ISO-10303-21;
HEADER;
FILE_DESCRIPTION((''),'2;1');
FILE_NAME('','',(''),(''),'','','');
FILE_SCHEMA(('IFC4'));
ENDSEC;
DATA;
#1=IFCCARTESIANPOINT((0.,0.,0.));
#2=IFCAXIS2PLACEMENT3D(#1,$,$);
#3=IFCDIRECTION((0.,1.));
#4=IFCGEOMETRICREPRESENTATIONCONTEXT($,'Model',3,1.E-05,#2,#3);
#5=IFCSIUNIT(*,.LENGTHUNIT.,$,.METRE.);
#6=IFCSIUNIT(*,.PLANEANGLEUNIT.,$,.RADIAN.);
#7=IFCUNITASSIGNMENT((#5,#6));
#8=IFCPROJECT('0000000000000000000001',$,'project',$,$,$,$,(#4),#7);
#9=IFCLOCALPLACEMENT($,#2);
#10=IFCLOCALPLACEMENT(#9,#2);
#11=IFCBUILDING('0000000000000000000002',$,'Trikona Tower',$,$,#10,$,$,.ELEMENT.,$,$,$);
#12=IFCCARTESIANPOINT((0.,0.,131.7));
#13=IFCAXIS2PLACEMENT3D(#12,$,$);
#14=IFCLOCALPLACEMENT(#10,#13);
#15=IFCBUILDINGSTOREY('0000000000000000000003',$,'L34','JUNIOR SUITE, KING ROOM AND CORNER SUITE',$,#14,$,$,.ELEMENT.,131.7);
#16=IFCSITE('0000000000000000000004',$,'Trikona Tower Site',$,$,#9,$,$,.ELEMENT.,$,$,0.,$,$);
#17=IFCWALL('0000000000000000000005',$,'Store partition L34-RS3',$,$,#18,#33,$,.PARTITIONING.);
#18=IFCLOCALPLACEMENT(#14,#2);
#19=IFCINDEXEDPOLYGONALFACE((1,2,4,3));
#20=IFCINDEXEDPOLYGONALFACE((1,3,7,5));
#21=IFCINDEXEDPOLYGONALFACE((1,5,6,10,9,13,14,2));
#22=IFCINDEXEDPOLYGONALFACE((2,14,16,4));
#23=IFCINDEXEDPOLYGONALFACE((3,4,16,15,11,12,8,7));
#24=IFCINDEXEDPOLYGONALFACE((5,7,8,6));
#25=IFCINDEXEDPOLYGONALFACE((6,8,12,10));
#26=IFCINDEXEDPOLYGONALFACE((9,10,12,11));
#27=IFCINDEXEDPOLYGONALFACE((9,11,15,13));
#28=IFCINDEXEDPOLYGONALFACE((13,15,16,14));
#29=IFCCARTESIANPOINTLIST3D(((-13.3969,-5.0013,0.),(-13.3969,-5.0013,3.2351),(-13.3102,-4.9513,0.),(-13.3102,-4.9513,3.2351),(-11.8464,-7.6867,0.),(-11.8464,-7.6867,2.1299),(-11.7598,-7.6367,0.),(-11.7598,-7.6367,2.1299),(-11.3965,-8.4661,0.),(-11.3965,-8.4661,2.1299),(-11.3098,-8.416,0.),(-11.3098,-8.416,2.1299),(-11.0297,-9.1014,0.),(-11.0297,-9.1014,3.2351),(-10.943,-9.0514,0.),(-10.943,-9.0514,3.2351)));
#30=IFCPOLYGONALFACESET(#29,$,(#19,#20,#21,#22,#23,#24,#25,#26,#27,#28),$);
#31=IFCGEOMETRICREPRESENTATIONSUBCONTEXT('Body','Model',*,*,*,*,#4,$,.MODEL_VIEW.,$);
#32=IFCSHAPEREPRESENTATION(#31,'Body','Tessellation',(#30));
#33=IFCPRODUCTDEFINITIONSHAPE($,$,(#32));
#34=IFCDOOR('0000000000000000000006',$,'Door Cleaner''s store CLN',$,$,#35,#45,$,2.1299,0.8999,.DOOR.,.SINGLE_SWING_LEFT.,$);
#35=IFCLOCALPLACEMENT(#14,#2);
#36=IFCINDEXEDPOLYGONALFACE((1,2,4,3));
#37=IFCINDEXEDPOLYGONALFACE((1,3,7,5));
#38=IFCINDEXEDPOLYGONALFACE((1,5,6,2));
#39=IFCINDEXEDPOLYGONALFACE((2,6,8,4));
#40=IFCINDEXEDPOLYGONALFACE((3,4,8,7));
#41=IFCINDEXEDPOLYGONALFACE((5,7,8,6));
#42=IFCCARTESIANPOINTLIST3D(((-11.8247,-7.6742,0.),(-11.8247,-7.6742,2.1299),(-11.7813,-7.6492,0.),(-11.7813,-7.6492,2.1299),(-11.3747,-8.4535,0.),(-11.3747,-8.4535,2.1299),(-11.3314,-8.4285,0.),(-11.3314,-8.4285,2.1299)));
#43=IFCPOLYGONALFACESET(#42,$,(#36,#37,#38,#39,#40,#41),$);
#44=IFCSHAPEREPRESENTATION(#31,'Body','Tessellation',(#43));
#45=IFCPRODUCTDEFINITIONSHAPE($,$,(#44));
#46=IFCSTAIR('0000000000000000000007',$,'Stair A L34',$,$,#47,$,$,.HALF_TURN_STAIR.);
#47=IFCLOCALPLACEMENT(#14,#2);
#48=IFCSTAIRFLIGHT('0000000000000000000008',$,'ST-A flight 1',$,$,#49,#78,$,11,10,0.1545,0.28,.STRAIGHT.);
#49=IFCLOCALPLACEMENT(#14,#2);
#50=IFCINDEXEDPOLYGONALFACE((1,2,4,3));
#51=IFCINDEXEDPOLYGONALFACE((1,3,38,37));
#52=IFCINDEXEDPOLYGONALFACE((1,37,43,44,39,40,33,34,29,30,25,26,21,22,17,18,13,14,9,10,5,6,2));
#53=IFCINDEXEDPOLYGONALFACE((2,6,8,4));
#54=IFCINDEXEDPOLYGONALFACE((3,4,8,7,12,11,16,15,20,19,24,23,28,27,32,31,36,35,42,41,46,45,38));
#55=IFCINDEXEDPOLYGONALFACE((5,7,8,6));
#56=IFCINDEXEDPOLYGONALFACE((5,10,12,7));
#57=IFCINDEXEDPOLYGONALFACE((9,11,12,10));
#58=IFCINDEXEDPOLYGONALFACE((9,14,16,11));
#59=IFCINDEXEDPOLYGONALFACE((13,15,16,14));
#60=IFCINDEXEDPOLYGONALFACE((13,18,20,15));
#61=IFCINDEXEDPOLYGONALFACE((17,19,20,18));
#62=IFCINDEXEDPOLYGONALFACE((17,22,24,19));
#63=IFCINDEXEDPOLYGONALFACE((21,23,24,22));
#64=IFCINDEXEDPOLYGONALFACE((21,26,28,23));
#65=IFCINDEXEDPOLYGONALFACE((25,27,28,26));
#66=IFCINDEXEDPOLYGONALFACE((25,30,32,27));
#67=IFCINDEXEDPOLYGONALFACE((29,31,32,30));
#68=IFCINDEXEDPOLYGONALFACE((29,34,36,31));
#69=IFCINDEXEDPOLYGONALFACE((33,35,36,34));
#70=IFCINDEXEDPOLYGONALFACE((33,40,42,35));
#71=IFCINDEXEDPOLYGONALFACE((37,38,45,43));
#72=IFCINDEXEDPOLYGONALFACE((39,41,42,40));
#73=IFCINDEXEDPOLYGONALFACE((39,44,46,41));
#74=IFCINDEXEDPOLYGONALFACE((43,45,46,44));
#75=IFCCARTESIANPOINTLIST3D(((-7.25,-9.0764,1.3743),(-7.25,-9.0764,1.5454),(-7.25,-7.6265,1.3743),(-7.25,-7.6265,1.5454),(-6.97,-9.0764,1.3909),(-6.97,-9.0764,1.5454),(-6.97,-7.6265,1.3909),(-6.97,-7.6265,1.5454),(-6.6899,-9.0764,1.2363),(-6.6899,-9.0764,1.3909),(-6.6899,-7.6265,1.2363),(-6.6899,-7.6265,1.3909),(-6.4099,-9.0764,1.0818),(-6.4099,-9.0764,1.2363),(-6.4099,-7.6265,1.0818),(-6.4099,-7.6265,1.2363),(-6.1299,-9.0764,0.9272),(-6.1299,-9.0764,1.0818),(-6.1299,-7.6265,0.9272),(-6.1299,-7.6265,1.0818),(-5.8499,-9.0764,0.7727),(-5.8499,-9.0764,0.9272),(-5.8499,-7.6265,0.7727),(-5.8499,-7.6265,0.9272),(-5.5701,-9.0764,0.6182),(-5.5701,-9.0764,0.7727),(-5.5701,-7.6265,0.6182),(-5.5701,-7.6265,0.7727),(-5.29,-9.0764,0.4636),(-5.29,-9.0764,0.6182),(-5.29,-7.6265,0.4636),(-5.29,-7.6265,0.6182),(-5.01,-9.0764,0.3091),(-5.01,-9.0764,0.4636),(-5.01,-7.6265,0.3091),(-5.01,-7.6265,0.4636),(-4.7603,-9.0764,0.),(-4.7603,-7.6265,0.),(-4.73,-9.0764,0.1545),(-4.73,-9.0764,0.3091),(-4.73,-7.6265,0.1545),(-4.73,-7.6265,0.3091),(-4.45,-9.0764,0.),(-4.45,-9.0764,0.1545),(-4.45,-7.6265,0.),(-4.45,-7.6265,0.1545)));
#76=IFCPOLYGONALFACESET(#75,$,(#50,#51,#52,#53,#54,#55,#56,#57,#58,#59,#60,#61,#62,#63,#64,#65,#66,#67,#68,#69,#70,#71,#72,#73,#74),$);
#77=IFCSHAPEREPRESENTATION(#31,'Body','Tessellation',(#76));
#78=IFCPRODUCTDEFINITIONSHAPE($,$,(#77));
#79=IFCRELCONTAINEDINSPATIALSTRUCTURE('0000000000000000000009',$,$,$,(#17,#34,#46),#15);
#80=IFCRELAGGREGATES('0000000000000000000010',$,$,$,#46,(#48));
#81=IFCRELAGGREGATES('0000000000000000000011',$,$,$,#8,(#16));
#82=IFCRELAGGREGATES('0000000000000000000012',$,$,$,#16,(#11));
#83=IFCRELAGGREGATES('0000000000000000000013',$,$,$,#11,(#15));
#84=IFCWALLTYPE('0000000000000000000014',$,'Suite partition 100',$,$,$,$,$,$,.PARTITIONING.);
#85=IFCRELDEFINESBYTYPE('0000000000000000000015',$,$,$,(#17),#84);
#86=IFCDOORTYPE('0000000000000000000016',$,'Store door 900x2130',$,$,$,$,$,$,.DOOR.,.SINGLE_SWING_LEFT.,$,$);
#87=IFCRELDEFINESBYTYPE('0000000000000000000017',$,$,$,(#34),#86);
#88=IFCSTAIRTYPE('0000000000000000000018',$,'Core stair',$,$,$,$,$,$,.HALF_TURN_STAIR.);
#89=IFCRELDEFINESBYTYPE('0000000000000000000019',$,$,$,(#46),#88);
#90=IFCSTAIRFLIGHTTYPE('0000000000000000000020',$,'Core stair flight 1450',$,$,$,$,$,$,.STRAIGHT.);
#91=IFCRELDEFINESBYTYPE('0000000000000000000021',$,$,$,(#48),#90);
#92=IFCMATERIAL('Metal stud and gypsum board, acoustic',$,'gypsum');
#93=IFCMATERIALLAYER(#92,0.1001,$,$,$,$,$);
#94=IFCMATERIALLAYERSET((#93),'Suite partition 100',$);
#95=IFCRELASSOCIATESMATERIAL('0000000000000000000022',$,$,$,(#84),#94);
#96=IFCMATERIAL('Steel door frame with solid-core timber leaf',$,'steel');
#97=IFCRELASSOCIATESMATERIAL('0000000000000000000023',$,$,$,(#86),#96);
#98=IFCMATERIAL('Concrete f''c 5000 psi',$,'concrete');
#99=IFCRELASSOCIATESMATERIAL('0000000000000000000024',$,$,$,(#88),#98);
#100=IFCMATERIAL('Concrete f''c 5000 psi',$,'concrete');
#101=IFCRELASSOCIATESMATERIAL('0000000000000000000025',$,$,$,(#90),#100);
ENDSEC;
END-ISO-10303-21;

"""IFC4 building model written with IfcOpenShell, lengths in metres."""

from ifc_helpers import new_model, si_unit, direction, frame, frame_2d, origin, place, context, subcontext, project, spatial, polyline, rectangle, outline, extrude, material, layer, layer_set, type_object, element, fill, aggregate, save


model = new_model("IFC4")

# Units and contexts
model_context = context("Model", 3, precision=1e-05, world=origin(), true_north=direction((0.0, 1.0)))
body_context = subcontext(model_context, "Body", "Model", "MODEL_VIEW")
ifc_project = project(units=[si_unit("LENGTHUNIT", "METRE"), si_unit("PLANEANGLEUNIT", "RADIAN")], contexts=[model_context])

# Site, building, storey
site_placement = place(None, origin())
site = spatial("IfcSite", under=ifc_project, at=site_placement, Name="Trikona Tower Site", CompositionType="ELEMENT", RefElevation=0.0)
building_placement = place(site_placement, origin())
building = spatial("IfcBuilding", under=site, at=building_placement, Name="Trikona Tower", CompositionType="ELEMENT")
storey_placement = place(building_placement, frame((0.0, 0.0, 131.7)))
storey = spatial("IfcBuildingStorey", under=building, at=storey_placement, Name="L34", Description="JUNIOR SUITE, KING ROOM AND CORNER SUITE", CompositionType="ELEMENT", Elevation=131.7)

# Wall, opening, door
ifc_material_1 = material(Name="Metal stud and gypsum board, acoustic", Category="gypsum")
ifc_layer_1 = layer(ifc_material_1, 0.1001)
ifc_layer_set_1 = layer_set([ifc_layer_1], Name="Suite partition 100")
wall_type_1 = type_object("IfcWallType", Name="Suite partition 100", PredefinedType="PARTITIONING", material=ifc_layer_set_1)
wall_1_placement = place(storey_placement, frame((-10.9863, -9.0764, 0.0), z_axis=(0.0, 0.0, 1.0), x_axis=(-0.499999, 0.866026, 0.0)))
wall_1 = element("IfcWall", 1, at=wall_1_placement, inside=storey, type_object=wall_type_1, Name="Store partition L34-RS3", PredefinedType="PARTITIONING", context=body_context, shape_type="SweptSolid", body=[
    extrude(rectangle(XDim=4.7344, YDim=0.1001, at=frame_2d((2.3672, 0.0))), origin(), (0.0, 0.0, 1.0), 3.2351),
])
opening_1_placement = place(wall_1_placement, frame((0.7336, 0.0, 0.0)))
opening_1 = element("IfcOpeningElement", 2, at=opening_1_placement, cuts=wall_1, PredefinedType="OPENING", context=body_context, shape_type="SweptSolid", body=[
    extrude(rectangle(XDim=0.8999, YDim=2.1299, at=frame_2d((0.45, 1.0649))), frame((0.0, 0.0601, 0.0), z_axis=(0.0, -1.0, 0.0), x_axis=(1.0, 0.0, 0.0)), (0.0, 0.0, 1.0), 0.1201),
])
ifc_material_2 = material(Name="Steel door frame with solid-core timber leaf", Category="steel")
door_type_1 = type_object("IfcDoorType", Name="Store door 900x2130", OperationType="SINGLE_SWING_LEFT", PredefinedType="DOOR", material=ifc_material_2)
door_1_placement = place(opening_1_placement, origin())
door_1 = element("IfcDoor", 3, at=door_1_placement, inside=storey, type_object=door_type_1, Name="Door Cleaner's store CLN", OperationType="SINGLE_SWING_LEFT", OverallHeight=2.1299, OverallWidth=0.8999, PredefinedType="DOOR", context=body_context, shape_type="SweptSolid", body=[
    extrude(rectangle(XDim=0.8999, YDim=2.1299, at=frame_2d((0.45, 1.0649))), frame((0.0, 0.0249, 0.0), z_axis=(0.0, -1.0, 0.0), x_axis=(1.0, 0.0, 0.0)), (0.0, 0.0, 1.0), 0.05),
])
fill(opening_1, door_1)

# Stair, stair flight
ifc_material_3 = material(Name="Concrete f'c 5000 psi", Category="concrete")
stair_type = type_object("IfcStairType", Name="Core stair", PredefinedType="HALF_TURN_STAIR", material=ifc_material_3)
stair_placement = place(storey_placement, origin())
stair = element("IfcStair", 4, at=stair_placement, inside=storey, type_object=stair_type, Name="Stair A L34", PredefinedType="HALF_TURN_STAIR")
ifc_material_4 = material(Name="Concrete f'c 5000 psi", Category="concrete")
stair_flight_type = type_object("IfcStairFlightType", Name="Core stair flight 1450", PredefinedType="STRAIGHT", material=ifc_material_4)
stair_flight_placement = place(storey_placement, frame((-4.45, -8.3513, 0.0), z_axis=(0.0, 0.0, 1.0), x_axis=(-1.0, 0.0, 0.0)))
stair_flight = element("IfcStairFlight", 5, at=stair_flight_placement, type_object=stair_flight_type, Name="ST-A flight 1", NumberOfRisers=11, NumberOfTreads=10, PredefinedType="STRAIGHT", RiserHeight=0.1545, TreadLength=0.28, context=body_context, shape_type="SweptSolid", body=[
    extrude(outline(polyline([(0.0, 0.0), (0.0, 0.1545), (0.28, 0.1545), (0.28, 0.3091), (0.5601, 0.3091), (0.5601, 0.4636), (0.8401, 0.4636), (0.8401, 0.6182), (1.1201, 0.6182), (1.1201, 0.7727), (1.3999, 0.7727), (1.3999, 0.9272), (1.6799, 0.9272), (1.6799, 1.0818), (1.96, 1.0818), (1.96, 1.2363), (2.24, 1.2363), (2.24, 1.3909), (2.52, 1.3909), (2.52, 1.5454), (2.8, 1.5454), (2.8, 1.7), (2.8, 1.3743), (0.3103, 0.0), (0.0, 0.0)])), frame((0.0, 0.7251, 0.0), z_axis=(0.0, -1.0, 0.0), x_axis=(1.0, 0.0, 0.0)), (0.0, 0.0, 1.0), 1.45),
])
aggregate(stair, [stair_flight])

save(model, "model.ifc")
